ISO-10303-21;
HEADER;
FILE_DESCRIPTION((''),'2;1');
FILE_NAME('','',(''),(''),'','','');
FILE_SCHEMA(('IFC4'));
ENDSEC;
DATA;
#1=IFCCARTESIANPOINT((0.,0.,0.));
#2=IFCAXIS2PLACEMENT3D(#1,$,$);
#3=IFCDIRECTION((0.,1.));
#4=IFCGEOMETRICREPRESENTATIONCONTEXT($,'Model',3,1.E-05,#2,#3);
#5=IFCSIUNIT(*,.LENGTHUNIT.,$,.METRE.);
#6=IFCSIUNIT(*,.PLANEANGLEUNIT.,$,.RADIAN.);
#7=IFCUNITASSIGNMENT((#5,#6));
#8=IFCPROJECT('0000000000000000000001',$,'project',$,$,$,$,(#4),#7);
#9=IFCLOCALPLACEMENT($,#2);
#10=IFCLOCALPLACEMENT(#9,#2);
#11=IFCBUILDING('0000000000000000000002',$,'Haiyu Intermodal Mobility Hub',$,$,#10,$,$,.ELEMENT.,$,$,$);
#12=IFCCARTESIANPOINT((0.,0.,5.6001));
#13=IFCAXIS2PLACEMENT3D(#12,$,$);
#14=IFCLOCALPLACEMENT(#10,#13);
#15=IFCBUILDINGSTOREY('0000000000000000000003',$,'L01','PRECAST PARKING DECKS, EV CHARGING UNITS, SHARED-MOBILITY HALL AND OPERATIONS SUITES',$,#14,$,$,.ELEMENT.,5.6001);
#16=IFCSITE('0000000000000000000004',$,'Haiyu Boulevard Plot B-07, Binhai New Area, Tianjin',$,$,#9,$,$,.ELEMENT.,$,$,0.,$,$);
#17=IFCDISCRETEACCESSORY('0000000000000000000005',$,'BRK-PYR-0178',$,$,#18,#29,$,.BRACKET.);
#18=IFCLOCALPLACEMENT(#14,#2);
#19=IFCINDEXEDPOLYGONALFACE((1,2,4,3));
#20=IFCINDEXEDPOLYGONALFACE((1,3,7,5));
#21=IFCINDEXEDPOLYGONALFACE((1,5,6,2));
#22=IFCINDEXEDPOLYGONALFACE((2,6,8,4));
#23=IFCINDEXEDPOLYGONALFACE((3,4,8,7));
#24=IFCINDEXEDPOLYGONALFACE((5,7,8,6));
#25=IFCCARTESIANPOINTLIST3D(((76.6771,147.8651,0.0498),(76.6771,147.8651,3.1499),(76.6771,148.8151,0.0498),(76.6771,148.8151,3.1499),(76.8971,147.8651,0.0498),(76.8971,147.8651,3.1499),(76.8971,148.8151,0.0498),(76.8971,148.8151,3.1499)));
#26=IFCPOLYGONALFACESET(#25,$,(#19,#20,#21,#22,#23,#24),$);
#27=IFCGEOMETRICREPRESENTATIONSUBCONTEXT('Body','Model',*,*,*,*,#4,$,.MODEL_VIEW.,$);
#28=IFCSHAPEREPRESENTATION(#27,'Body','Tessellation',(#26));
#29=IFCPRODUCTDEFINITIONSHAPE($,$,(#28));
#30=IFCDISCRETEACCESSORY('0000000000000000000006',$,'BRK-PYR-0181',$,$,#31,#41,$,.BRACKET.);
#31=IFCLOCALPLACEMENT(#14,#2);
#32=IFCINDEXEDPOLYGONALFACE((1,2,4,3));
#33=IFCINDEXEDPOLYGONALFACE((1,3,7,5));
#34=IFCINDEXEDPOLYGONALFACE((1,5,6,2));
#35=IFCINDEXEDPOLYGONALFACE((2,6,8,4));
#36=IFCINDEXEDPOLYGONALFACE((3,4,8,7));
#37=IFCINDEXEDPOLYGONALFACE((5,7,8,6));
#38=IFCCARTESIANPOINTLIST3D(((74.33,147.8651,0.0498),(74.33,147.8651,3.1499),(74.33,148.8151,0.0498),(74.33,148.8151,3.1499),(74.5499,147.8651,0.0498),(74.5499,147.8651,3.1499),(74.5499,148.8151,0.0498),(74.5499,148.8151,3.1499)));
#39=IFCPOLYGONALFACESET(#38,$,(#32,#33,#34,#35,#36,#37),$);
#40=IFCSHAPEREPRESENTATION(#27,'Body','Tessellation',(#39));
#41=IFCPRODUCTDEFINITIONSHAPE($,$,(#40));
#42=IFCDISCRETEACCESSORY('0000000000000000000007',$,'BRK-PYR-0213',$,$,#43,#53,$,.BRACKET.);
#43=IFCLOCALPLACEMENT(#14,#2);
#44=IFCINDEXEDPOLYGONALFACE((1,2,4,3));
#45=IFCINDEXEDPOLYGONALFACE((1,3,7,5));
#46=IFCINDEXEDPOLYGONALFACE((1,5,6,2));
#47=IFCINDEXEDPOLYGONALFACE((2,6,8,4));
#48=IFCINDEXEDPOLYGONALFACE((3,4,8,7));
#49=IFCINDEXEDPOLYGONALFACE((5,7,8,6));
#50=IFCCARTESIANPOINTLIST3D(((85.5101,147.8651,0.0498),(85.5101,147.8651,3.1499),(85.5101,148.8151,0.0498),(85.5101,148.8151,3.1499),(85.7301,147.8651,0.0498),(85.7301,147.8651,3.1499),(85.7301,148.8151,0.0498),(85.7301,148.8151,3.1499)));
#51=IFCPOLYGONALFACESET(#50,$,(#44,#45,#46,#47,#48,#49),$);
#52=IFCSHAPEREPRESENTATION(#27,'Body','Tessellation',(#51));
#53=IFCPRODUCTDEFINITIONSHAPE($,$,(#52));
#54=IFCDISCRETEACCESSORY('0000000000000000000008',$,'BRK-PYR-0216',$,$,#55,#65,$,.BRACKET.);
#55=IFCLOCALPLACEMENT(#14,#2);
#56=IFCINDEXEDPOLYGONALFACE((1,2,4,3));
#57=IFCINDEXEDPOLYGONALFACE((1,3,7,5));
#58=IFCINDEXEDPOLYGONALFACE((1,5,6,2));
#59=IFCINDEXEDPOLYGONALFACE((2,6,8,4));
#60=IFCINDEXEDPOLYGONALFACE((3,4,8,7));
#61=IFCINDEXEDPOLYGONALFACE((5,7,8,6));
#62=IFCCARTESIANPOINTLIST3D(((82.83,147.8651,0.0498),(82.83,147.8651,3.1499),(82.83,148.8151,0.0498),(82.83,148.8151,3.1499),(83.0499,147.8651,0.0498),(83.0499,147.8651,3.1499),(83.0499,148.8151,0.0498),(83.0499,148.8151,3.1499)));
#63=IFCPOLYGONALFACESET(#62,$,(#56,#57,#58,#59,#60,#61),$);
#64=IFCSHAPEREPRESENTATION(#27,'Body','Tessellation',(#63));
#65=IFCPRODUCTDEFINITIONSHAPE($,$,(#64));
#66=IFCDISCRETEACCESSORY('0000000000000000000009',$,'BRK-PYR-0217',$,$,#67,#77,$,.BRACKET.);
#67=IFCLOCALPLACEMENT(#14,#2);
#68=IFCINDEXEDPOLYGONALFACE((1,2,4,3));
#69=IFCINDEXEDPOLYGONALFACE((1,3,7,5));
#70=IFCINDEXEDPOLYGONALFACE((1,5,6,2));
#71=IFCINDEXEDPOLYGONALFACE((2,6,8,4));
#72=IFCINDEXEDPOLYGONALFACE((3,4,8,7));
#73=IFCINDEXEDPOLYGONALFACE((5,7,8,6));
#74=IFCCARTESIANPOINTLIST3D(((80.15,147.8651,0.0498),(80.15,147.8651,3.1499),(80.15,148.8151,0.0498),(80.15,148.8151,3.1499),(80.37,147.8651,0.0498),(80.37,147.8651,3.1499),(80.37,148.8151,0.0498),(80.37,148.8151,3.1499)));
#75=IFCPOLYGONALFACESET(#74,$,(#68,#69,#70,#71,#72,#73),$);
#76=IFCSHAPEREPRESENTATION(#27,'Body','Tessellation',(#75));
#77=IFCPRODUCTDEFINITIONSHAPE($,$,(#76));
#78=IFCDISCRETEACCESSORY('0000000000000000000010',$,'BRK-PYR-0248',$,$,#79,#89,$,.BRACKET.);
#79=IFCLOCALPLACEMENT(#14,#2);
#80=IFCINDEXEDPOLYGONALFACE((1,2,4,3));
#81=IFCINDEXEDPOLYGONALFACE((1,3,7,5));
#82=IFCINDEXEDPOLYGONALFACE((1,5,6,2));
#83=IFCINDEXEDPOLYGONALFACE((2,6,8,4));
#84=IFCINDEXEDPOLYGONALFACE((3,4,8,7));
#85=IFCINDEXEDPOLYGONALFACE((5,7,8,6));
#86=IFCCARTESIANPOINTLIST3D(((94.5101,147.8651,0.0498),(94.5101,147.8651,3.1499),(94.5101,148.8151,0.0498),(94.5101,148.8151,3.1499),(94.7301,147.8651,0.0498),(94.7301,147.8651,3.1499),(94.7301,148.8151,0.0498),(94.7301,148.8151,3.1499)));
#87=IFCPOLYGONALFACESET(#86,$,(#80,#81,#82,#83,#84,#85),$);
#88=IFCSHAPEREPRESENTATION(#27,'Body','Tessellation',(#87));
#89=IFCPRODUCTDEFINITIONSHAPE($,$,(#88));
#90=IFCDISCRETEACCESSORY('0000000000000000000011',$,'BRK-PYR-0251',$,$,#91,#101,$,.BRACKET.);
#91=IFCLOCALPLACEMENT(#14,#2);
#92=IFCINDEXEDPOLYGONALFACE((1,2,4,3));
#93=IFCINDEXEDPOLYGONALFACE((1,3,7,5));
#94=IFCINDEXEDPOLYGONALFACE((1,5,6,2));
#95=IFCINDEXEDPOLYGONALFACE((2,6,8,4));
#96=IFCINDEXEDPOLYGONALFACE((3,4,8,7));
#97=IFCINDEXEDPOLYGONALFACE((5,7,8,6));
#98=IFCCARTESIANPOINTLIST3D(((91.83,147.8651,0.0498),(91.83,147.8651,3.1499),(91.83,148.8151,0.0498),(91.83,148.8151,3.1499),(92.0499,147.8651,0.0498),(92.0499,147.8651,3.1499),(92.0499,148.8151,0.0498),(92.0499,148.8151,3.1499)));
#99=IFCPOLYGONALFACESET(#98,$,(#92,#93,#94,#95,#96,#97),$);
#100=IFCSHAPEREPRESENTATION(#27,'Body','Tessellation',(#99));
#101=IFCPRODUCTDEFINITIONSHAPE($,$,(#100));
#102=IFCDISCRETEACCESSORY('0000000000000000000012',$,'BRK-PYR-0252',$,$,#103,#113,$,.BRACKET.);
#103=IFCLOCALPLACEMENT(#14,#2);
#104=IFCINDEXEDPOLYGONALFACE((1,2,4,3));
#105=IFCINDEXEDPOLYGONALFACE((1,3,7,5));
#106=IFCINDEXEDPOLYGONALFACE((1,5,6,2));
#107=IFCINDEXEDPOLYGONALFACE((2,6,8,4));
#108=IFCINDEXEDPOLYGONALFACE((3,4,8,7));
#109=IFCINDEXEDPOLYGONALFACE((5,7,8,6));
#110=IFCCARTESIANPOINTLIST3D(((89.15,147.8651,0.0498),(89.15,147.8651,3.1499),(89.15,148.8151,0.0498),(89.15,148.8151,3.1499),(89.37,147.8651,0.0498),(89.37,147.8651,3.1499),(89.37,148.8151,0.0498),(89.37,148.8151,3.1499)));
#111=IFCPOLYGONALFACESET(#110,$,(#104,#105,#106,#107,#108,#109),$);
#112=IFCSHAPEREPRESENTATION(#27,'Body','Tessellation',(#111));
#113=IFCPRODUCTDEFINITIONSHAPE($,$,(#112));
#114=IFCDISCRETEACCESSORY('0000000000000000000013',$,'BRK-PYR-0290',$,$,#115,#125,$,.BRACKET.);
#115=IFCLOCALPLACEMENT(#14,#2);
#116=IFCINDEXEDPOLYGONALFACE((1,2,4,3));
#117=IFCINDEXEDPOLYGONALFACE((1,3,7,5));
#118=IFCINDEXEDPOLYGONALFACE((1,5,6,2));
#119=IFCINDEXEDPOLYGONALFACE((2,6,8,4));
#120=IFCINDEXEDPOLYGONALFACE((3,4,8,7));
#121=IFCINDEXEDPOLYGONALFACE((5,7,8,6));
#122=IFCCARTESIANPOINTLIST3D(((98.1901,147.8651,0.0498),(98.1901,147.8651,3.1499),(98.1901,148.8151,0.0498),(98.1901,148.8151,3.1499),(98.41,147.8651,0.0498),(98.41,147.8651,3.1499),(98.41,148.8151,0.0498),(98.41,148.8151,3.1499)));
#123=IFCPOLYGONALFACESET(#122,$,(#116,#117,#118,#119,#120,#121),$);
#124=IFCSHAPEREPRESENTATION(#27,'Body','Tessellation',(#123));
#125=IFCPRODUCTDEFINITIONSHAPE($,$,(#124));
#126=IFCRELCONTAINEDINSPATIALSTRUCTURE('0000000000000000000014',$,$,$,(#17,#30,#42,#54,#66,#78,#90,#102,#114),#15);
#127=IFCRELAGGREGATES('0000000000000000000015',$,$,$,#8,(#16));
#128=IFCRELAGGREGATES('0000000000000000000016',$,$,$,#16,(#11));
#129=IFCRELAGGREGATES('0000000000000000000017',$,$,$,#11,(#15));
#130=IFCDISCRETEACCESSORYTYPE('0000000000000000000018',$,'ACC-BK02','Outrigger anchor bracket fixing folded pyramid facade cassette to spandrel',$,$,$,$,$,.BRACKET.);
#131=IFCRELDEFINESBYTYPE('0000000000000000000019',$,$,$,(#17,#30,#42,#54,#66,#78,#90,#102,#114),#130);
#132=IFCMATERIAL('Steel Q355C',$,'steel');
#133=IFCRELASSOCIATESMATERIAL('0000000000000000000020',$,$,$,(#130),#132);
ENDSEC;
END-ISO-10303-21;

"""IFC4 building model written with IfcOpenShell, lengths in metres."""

from ifc_helpers import new_model, si_unit, direction, frame, origin, origin_2d, place, context, subcontext, project, spatial, rectangle, extrude, material, type_object, element, save


model = new_model("IFC4")

# Units and contexts
model_context = context("Model", 3, precision=1e-05, world=origin(), true_north=direction((0.0, 1.0)))
body_context = subcontext(model_context, "Body", "Model", "MODEL_VIEW")
ifc_project = project(units=[si_unit("LENGTHUNIT", "METRE"), si_unit("PLANEANGLEUNIT", "RADIAN")], contexts=[model_context])

# Site, building, storey
site_placement = place(None, origin())
site = spatial("IfcSite", under=ifc_project, at=site_placement, Name="Haiyu Boulevard Plot B-07, Binhai New Area, Tianjin", CompositionType="ELEMENT", RefElevation=0.0)
building_placement = place(site_placement, origin())
building = spatial("IfcBuilding", under=site, at=building_placement, Name="Haiyu Intermodal Mobility Hub", CompositionType="ELEMENT")
storey_placement = place(building_placement, frame((0.0, 0.0, 5.6001)))
storey = spatial("IfcBuildingStorey", under=building, at=storey_placement, Name="L01", Description="PRECAST PARKING DECKS, EV CHARGING UNITS, SHARED-MOBILITY HALL AND OPERATIONS SUITES", CompositionType="ELEMENT", Elevation=5.6001)

# Shared definitions
ifc_material_1 = material(Name="Steel Q355C", Category="steel")

# Discrete accessories
discrete_accessory_type_1 = type_object("IfcDiscreteAccessoryType", Name="ACC-BK02", Description="Outrigger anchor bracket fixing folded pyramid facade cassette to spandrel", PredefinedType="BRACKET", material=ifc_material_1)
for number, where, z_axis, x_axis, name in (
    (1, (76.7871, 148.3401, 0.0498), (0.0, 0.0, 1.0), (1.0, 0.0, 0.0), "BRK-PYR-0178"),
    (2, (74.4399, 148.3401, 0.0498), (0.0, 0.0, 1.0), (1.0, 0.0, 0.0), "BRK-PYR-0181"),
    (3, (85.6201, 148.3401, 0.0498), (0.0, 0.0, 1.0), (1.0, 0.0, 0.0), "BRK-PYR-0213"),
    (4, (82.9399, 148.3401, 0.0498), (0.0, 0.0, 1.0), (1.0, 0.0, 0.0), "BRK-PYR-0216"),
    (5, (80.26, 148.3401, 0.0498), (0.0, 0.0, 1.0), (1.0, 0.0, 0.0), "BRK-PYR-0217"),
    (6, (94.6201, 148.3401, 0.0498), (0.0, 0.0, 1.0), (1.0, 0.0, 0.0), "BRK-PYR-0248"),
    (7, (91.9399, 148.3401, 0.0498), (0.0, 0.0, 1.0), (1.0, 0.0, 0.0), "BRK-PYR-0251"),
    (8, (89.26, 148.3401, 0.0498), (0.0, 0.0, 1.0), (1.0, 0.0, 0.0), "BRK-PYR-0252"),
    (9, (98.3, 148.3401, 0.0498), (0.0, 0.0, 1.0), (1.0, 0.0, 0.0), "BRK-PYR-0290"),
):
    element("IfcDiscreteAccessory", number, at=place(storey_placement, frame(where, z_axis=z_axis, x_axis=x_axis)), inside=storey, type_object=discrete_accessory_type_1, Name=name, PredefinedType="BRACKET", context=body_context, shape_type="SweptSolid", body=[
        extrude(rectangle(XDim=0.22, YDim=0.95, at=origin_2d()), origin(), (0.0, 0.0, 1.0), 3.1001),
    ])

save(model, "model.ifc")
